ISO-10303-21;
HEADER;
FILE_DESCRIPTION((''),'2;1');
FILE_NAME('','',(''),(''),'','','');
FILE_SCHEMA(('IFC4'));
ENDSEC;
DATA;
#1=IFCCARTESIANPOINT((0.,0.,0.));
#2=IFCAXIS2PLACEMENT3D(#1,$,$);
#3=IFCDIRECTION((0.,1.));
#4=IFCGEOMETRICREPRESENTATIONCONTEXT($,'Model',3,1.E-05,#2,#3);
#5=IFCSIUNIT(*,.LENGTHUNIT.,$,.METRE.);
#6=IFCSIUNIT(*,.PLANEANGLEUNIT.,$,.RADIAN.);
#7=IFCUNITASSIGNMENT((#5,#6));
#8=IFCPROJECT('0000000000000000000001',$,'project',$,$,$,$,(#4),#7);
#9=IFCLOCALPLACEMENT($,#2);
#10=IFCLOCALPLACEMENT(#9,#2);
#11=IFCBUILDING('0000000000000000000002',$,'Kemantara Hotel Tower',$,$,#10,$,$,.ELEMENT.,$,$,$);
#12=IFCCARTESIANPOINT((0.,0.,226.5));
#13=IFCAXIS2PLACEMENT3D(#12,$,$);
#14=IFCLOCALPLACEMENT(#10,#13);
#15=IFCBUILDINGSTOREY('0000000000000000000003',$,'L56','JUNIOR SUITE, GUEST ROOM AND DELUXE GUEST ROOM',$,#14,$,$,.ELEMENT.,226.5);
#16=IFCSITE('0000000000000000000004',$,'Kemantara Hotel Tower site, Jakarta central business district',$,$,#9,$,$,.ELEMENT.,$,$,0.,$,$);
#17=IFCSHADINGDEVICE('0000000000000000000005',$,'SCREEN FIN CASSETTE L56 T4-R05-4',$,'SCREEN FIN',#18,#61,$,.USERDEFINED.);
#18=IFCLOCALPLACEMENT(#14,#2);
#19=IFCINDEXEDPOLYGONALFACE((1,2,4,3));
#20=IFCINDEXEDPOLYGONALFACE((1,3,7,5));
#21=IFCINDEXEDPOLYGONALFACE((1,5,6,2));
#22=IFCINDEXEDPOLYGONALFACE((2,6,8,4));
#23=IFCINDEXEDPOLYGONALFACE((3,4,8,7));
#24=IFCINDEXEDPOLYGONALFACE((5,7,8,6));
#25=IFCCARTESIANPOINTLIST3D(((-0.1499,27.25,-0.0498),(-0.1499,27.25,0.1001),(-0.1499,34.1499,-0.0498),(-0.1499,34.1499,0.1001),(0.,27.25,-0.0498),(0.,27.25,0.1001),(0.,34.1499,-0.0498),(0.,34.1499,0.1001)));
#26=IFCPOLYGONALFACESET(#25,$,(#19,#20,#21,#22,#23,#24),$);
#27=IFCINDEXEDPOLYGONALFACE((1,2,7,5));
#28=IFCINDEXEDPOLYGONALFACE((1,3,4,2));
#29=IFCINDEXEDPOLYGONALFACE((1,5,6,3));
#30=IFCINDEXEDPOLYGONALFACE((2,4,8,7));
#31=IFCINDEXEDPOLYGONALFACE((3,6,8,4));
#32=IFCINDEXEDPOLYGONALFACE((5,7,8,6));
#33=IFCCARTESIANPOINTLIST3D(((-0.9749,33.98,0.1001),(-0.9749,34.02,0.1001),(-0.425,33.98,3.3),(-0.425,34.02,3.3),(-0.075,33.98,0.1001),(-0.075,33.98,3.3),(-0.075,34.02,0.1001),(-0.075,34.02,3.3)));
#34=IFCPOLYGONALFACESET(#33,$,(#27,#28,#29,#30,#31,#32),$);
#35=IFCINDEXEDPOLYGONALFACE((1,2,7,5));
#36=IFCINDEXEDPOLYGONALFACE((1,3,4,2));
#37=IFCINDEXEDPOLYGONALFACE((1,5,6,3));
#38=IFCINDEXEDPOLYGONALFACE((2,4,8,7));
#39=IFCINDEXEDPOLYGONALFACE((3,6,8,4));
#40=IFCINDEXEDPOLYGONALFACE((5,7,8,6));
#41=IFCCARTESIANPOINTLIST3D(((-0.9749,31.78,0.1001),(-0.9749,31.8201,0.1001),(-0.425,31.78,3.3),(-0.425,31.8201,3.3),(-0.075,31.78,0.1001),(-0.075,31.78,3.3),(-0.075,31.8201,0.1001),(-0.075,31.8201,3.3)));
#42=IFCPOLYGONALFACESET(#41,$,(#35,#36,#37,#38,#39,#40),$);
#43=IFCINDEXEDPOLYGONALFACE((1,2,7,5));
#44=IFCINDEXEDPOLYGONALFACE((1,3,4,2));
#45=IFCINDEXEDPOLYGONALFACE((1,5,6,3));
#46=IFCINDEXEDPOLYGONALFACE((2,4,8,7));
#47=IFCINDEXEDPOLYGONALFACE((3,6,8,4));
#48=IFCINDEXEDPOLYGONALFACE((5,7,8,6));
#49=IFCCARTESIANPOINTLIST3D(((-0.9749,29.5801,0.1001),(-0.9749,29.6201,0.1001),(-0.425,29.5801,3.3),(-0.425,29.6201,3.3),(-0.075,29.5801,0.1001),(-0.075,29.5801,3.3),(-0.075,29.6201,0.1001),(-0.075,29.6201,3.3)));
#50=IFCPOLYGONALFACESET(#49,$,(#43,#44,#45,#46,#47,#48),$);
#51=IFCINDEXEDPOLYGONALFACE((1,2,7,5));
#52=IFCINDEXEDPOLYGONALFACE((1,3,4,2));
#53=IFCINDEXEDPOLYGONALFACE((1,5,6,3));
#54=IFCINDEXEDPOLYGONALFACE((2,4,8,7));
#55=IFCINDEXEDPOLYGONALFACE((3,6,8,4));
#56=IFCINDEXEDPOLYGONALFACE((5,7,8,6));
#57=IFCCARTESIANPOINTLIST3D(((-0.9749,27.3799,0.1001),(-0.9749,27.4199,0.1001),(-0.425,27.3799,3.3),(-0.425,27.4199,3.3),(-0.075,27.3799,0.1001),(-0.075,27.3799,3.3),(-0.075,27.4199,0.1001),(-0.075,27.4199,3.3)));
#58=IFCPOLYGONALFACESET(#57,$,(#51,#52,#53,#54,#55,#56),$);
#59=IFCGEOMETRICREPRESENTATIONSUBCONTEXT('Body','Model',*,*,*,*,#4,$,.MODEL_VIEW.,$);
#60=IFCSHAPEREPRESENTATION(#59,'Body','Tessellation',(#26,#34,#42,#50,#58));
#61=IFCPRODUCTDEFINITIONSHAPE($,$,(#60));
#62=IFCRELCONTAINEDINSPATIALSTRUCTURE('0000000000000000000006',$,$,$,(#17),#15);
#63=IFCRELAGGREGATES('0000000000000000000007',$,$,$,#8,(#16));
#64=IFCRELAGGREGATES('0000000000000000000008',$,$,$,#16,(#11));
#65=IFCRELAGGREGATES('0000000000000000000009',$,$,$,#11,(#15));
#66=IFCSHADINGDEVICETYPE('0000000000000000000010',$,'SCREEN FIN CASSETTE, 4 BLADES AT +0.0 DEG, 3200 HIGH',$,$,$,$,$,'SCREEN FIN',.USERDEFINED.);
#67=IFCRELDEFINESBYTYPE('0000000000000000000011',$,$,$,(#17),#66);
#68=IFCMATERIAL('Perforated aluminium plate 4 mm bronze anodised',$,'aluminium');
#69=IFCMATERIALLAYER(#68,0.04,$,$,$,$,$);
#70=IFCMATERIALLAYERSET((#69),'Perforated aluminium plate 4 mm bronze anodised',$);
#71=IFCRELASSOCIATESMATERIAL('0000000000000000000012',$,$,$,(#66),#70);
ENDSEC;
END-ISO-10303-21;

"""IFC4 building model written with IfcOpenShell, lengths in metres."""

from ifc_helpers import new_model, si_unit, direction, frame, origin, origin_2d, place, context, subcontext, project, spatial, polyline, rectangle, outline, extrude, source, transform, mapped, material, layer, layer_set, type_object, element, save


model = new_model("IFC4")

# Units and contexts
model_context = context("Model", 3, precision=1e-05, world=origin(), true_north=direction((0.0, 1.0)))
body_context = subcontext(model_context, "Body", "Model", "MODEL_VIEW")
ifc_project = project(units=[si_unit("LENGTHUNIT", "METRE"), si_unit("PLANEANGLEUNIT", "RADIAN")], contexts=[model_context])

# Site, building, storey
site_placement = place(None, origin())
site = spatial("IfcSite", under=ifc_project, at=site_placement, Name="Kemantara Hotel Tower site, Jakarta central business district", CompositionType="ELEMENT", RefElevation=0.0)
building_placement = place(site_placement, origin())
building = spatial("IfcBuilding", under=site, at=building_placement, Name="Kemantara Hotel Tower", CompositionType="ELEMENT")
storey_placement = place(building_placement, frame((0.0, 0.0, 226.5)))
storey = spatial("IfcBuildingStorey", under=building, at=storey_placement, Name="L56", Description="JUNIOR SUITE, GUEST ROOM AND DELUXE GUEST ROOM", CompositionType="ELEMENT", Elevation=226.5)

# Shading device
ifc_material_1 = material(Name="Perforated aluminium plate 4 mm bronze anodised", Category="aluminium")
ifc_layer_1 = layer(ifc_material_1, 0.04)
ifc_layer_set_1 = layer_set([ifc_layer_1], Name="Perforated aluminium plate 4 mm bronze anodised")
shading_device_type_1 = type_object("IfcShadingDeviceType", Name="SCREEN FIN CASSETTE, 4 BLADES AT +0.0 DEG, 3200 HIGH", ElementType="SCREEN FIN", PredefinedType="USERDEFINED", material=ifc_layer_set_1)
shared_shape_1 = source(origin(), body_context, "Body", "SweptSolid", [
    extrude(rectangle(XDim=6.8999, YDim=0.1499, at=origin_2d()), frame((3.3, -0.075, -0.1499), z_axis=(0.0, 0.0, 1.0), x_axis=(1.0, 0.0, 0.0)), (0.0, 0.0, 1.0), 0.1499),
    extrude(outline(polyline([(0.0, 0.0), (0.8999, 0.0), (0.3501, 3.2), (0.0, 3.2), (0.0, 0.0)])), frame((0.02, -0.075, 0.0), z_axis=(-1.0, 0.0, 0.0), x_axis=(0.0, -1.0, 0.0)), (0.0, 0.0, 1.0), 0.04),
    extrude(outline(polyline([(0.0, 0.0), (0.8999, 0.0), (0.3501, 3.2), (0.0, 3.2), (0.0, 0.0)])), frame((2.22, -0.075, 0.0), z_axis=(-1.0, 0.0, 0.0), x_axis=(0.0, -1.0, 0.0)), (0.0, 0.0, 1.0), 0.04),
    extrude(outline(polyline([(0.0, 0.0), (0.8999, 0.0), (0.3501, 3.2), (0.0, 3.2), (0.0, 0.0)])), frame((4.4199, -0.075, 0.0), z_axis=(-1.0, 0.0, 0.0), x_axis=(0.0, -1.0, 0.0)), (0.0, 0.0, 1.0), 0.04),
    extrude(outline(polyline([(0.0, 0.0), (0.8999, 0.0), (0.3501, 3.2), (0.0, 3.2), (0.0, 0.0)])), frame((6.6201, -0.075, 0.0), z_axis=(-1.0, 0.0, 0.0), x_axis=(0.0, -1.0, 0.0)), (0.0, 0.0, 1.0), 0.04),
])
shading_device_1_placement = place(storey_placement, frame((0.0, 34.0, 0.1001), z_axis=(0.0, 0.0, 1.0), x_axis=(0.0, -1.0, 0.0)))
element("IfcShadingDevice", 1, at=shading_device_1_placement, inside=storey, type_object=shading_device_type_1, Name="SCREEN FIN CASSETTE L56 T4-R05-4", ObjectType="SCREEN FIN", PredefinedType="USERDEFINED", context=body_context, shape_type="MappedRepresentation", body=[
    mapped(shared_shape_1, transform((0.0, 0.0, 0.0))),
])

save(model, "model.ifc")
